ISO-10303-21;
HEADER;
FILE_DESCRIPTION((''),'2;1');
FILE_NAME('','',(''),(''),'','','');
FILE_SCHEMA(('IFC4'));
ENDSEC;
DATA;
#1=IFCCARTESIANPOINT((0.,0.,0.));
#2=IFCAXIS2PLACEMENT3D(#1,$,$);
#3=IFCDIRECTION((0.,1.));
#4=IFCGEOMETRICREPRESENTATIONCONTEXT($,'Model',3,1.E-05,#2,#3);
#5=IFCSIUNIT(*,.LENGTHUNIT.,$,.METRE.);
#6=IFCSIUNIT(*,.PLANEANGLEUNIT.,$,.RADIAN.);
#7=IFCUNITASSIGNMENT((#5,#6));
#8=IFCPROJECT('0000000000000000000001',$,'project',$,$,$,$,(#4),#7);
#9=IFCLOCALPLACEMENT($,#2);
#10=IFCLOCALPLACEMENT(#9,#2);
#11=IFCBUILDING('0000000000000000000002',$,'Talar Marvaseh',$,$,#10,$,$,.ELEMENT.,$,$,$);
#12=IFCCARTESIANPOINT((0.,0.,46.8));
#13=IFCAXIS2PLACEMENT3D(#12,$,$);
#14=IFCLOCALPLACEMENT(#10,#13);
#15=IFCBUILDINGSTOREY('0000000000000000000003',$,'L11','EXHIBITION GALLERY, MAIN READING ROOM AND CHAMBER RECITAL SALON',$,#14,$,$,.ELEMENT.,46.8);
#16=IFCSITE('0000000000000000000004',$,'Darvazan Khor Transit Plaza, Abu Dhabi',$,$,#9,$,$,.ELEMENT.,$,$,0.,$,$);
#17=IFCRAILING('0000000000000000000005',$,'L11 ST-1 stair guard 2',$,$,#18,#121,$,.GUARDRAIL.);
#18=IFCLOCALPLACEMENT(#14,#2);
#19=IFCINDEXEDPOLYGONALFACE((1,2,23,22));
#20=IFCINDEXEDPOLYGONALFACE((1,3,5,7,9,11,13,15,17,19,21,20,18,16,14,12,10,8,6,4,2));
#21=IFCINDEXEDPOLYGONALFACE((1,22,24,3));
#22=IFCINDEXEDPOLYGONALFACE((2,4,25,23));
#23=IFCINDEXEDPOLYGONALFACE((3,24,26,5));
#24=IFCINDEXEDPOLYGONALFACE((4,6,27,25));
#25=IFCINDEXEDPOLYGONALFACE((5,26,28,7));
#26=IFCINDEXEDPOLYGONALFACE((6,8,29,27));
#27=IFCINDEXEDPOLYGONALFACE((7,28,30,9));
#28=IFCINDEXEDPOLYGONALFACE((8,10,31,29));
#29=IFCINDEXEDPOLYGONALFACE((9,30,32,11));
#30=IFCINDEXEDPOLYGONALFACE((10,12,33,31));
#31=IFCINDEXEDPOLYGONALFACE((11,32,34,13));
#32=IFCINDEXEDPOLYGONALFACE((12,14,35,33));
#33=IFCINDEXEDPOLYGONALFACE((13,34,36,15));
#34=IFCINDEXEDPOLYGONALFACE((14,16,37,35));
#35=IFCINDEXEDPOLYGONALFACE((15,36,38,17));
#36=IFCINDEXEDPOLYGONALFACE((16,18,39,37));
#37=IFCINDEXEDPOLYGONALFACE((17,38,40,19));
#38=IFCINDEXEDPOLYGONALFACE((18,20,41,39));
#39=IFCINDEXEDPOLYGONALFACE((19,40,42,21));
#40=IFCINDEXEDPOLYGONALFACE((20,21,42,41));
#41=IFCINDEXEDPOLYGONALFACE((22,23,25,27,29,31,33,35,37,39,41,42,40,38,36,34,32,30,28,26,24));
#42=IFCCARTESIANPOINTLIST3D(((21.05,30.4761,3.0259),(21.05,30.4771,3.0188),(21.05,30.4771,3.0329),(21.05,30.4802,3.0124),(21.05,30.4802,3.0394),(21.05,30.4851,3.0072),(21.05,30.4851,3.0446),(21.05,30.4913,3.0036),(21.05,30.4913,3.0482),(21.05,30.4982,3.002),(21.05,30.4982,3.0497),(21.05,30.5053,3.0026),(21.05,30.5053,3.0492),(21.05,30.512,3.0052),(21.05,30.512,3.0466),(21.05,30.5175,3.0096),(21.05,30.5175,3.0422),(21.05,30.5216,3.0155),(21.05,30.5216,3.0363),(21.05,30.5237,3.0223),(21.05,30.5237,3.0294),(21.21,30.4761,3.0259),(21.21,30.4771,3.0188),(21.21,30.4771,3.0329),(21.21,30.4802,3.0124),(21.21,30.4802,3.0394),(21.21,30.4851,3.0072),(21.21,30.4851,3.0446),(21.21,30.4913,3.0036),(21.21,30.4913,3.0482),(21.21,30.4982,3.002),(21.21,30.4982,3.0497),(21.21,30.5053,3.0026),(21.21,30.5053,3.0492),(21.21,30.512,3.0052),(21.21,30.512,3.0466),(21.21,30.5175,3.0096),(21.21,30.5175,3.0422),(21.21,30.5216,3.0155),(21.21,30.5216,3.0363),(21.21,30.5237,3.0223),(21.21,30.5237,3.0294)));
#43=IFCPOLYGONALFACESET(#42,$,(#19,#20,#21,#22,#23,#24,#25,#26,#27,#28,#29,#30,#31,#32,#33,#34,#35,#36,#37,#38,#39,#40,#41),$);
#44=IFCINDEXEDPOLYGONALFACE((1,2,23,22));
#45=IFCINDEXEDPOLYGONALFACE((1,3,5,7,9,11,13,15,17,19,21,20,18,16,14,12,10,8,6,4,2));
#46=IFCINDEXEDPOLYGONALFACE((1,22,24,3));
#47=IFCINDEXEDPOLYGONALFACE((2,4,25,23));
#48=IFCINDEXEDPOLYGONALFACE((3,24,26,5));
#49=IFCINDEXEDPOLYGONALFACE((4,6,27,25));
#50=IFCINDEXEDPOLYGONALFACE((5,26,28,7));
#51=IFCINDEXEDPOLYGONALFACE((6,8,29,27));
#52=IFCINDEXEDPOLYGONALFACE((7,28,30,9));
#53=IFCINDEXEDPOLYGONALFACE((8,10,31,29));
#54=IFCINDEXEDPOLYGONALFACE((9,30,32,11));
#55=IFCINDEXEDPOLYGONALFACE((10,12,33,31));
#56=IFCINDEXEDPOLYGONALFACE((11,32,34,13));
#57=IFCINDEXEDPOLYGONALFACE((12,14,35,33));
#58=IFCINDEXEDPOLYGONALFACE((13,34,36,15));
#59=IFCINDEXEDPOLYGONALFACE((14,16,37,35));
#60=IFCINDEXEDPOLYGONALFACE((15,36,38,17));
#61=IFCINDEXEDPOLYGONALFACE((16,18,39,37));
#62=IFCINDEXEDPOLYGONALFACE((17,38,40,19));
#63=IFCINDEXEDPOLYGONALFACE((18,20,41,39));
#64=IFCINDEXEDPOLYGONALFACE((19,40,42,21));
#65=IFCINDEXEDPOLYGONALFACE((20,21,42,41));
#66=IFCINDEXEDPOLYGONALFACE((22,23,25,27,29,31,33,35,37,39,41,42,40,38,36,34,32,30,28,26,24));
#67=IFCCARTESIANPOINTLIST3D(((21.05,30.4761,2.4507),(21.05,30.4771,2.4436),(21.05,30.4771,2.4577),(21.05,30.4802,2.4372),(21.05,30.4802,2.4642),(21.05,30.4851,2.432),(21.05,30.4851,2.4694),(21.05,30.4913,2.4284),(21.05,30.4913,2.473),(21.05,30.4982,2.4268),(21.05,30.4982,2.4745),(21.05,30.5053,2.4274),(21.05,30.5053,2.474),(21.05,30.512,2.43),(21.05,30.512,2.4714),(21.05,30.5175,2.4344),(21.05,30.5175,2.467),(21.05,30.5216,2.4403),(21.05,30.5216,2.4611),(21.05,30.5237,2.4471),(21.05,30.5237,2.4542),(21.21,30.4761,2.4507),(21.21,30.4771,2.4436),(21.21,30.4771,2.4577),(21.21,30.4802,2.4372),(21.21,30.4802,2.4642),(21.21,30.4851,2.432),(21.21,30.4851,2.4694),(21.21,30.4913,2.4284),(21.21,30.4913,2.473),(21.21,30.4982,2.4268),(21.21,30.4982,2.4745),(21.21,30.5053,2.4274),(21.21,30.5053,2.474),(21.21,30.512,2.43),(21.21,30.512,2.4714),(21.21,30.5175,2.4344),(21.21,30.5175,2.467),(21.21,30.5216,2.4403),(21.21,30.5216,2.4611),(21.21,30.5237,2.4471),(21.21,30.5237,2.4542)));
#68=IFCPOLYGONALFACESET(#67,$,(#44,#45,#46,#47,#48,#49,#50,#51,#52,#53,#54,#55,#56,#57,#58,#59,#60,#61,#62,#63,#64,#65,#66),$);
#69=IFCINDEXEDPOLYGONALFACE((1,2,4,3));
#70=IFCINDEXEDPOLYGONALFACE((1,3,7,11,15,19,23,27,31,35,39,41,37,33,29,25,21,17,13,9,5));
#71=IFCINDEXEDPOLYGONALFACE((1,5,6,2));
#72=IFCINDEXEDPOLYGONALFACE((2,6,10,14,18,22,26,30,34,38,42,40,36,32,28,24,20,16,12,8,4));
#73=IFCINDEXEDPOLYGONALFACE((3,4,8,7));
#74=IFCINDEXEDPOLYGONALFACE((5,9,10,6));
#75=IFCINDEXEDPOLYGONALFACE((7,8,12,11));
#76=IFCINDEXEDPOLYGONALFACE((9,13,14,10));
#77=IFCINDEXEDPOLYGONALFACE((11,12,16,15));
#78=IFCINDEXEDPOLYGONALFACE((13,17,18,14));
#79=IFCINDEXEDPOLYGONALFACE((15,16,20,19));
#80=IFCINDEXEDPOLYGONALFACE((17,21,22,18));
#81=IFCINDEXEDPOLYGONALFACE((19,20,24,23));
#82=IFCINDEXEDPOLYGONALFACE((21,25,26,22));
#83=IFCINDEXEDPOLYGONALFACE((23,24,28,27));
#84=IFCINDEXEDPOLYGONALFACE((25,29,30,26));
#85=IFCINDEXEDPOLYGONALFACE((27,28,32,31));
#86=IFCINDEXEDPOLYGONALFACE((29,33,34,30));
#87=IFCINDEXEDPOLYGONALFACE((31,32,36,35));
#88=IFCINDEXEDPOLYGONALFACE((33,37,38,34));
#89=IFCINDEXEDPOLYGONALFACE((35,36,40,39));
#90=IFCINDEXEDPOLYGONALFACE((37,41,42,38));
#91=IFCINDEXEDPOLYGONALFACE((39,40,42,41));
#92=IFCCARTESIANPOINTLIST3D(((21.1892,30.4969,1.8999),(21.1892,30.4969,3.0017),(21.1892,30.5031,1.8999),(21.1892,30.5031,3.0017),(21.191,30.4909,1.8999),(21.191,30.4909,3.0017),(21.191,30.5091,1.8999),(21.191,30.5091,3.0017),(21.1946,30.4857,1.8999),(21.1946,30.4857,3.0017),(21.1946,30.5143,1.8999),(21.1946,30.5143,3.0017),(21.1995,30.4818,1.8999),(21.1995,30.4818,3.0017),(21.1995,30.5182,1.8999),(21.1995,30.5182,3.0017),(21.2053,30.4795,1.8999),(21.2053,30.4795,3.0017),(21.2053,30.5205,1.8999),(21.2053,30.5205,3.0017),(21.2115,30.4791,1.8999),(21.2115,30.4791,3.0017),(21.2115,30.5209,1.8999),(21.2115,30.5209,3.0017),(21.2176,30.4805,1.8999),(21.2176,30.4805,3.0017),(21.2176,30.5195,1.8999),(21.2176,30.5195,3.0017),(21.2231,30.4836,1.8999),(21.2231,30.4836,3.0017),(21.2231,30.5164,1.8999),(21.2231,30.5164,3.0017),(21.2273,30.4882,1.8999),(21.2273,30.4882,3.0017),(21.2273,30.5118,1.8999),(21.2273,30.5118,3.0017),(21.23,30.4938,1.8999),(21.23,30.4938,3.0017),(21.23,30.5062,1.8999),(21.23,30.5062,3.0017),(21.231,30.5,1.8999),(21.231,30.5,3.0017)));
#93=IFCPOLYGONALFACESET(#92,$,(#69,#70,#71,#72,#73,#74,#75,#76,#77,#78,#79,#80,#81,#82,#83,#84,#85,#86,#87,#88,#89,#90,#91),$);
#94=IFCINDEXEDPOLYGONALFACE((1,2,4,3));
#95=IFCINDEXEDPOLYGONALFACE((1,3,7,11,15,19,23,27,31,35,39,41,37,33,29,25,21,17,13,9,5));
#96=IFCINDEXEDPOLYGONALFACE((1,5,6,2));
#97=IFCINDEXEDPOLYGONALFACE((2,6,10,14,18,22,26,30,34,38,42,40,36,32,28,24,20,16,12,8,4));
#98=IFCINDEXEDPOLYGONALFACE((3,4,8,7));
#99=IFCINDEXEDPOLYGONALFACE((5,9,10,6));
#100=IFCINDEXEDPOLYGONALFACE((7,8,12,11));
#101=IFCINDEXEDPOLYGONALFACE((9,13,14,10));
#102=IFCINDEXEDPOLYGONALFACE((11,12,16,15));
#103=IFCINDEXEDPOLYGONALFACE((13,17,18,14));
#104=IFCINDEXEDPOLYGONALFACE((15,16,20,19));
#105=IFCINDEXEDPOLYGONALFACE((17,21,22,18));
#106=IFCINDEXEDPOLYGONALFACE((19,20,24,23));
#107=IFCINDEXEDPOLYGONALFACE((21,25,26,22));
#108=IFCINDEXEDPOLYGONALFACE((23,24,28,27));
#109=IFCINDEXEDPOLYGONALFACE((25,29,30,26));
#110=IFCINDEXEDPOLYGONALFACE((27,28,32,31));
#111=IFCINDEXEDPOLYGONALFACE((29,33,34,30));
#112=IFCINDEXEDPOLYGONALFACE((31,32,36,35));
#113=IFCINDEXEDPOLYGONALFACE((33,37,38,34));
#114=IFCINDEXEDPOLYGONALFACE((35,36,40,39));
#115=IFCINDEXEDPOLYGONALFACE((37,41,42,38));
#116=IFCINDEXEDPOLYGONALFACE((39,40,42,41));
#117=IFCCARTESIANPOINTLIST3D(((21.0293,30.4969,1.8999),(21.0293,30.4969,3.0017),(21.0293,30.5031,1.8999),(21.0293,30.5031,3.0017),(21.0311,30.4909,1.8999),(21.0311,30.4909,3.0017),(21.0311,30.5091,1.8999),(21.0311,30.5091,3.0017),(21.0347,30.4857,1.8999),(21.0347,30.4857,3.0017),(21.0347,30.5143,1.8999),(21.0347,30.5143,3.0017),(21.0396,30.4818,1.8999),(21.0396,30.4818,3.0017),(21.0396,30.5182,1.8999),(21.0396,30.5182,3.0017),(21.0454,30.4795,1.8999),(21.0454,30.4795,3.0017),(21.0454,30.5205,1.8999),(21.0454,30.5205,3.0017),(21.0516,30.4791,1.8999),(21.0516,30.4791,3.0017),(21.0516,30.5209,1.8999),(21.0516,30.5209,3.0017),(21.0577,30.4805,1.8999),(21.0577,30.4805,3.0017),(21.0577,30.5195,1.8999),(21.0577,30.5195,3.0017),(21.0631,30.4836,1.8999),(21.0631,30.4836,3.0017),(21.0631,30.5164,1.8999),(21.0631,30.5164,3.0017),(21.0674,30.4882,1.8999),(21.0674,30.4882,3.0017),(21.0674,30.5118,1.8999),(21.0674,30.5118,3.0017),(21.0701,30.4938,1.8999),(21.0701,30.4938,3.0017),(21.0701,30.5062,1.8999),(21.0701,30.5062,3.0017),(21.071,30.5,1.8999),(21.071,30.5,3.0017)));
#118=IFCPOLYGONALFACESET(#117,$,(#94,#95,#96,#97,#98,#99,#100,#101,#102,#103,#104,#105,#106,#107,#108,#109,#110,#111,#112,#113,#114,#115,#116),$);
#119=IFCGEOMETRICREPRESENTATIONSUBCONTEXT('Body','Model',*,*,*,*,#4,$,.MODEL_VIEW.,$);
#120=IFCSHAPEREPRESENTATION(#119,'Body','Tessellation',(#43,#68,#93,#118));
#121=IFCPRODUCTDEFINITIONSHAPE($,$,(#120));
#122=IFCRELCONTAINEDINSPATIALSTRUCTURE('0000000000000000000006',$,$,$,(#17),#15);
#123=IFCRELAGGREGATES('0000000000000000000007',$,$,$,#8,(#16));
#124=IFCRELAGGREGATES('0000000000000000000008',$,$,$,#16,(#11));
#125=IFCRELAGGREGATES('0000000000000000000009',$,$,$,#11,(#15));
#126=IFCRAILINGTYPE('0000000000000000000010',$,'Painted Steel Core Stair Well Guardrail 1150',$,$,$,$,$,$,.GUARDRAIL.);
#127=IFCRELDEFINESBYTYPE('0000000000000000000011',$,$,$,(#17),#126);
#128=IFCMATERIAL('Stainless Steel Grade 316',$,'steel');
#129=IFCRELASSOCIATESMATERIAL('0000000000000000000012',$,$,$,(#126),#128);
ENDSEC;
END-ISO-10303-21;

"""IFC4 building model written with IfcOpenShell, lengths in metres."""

from ifc_helpers import new_model, si_unit, direction, frame, origin, origin_2d, place, context, subcontext, project, spatial, circle, extrude, material, type_object, element, save


model = new_model("IFC4")

# Units and contexts
model_context = context("Model", 3, precision=1e-05, world=origin(), true_north=direction((0.0, 1.0)))
body_context = subcontext(model_context, "Body", "Model", "MODEL_VIEW")
ifc_project = project(units=[si_unit("LENGTHUNIT", "METRE"), si_unit("PLANEANGLEUNIT", "RADIAN")], contexts=[model_context])

# Site, building, storey
site_placement = place(None, origin())
site = spatial("IfcSite", under=ifc_project, at=site_placement, Name="Darvazan Khor Transit Plaza, Abu Dhabi", CompositionType="ELEMENT", RefElevation=0.0)
building_placement = place(site_placement, origin())
building = spatial("IfcBuilding", under=site, at=building_placement, Name="Talar Marvaseh", CompositionType="ELEMENT")
storey_placement = place(building_placement, frame((0.0, 0.0, 46.8)))
storey = spatial("IfcBuildingStorey", under=building, at=storey_placement, Name="L11", Description="EXHIBITION GALLERY, MAIN READING ROOM AND CHAMBER RECITAL SALON", CompositionType="ELEMENT", Elevation=46.8)

# Railing
ifc_material_1 = material(Name="Stainless Steel Grade 316", Category="steel")
railing_type_1 = type_object("IfcRailingType", Name="Painted Steel Core Stair Well Guardrail 1150", PredefinedType="GUARDRAIL", material=ifc_material_1)
railing_1_placement = place(storey_placement, frame((21.21, 30.5, 1.8999)))
element("IfcRailing", 1, at=railing_1_placement, inside=storey, type_object=railing_type_1, Name="L11 ST-1 stair guard 2", PredefinedType="GUARDRAIL", context=body_context, shape_type="SweptSolid", body=[
    extrude(circle(Radius=0.0239, at=origin_2d()), frame((0.0, 0.0, 1.126), z_axis=(-1.0, 0.0, 0.0), x_axis=(0.0, -1.0, 0.0)), (0.0, 0.0, 1.0), 0.1599),
    extrude(circle(Radius=0.0239, at=origin_2d()), frame((0.0, 0.0, 0.5508), z_axis=(-1.0, 0.0, 0.0), x_axis=(0.0, -1.0, 0.0)), (0.0, 0.0, 1.0), 0.1599),
    extrude(circle(Radius=0.021, at=origin_2d()), origin(), (0.0, 0.0, 1.0), 1.1018),
    extrude(circle(Radius=0.021, at=origin_2d()), frame((-0.1599, 0.0, 0.0)), (0.0, 0.0, 1.0), 1.1018),
])

save(model, "model.ifc")
